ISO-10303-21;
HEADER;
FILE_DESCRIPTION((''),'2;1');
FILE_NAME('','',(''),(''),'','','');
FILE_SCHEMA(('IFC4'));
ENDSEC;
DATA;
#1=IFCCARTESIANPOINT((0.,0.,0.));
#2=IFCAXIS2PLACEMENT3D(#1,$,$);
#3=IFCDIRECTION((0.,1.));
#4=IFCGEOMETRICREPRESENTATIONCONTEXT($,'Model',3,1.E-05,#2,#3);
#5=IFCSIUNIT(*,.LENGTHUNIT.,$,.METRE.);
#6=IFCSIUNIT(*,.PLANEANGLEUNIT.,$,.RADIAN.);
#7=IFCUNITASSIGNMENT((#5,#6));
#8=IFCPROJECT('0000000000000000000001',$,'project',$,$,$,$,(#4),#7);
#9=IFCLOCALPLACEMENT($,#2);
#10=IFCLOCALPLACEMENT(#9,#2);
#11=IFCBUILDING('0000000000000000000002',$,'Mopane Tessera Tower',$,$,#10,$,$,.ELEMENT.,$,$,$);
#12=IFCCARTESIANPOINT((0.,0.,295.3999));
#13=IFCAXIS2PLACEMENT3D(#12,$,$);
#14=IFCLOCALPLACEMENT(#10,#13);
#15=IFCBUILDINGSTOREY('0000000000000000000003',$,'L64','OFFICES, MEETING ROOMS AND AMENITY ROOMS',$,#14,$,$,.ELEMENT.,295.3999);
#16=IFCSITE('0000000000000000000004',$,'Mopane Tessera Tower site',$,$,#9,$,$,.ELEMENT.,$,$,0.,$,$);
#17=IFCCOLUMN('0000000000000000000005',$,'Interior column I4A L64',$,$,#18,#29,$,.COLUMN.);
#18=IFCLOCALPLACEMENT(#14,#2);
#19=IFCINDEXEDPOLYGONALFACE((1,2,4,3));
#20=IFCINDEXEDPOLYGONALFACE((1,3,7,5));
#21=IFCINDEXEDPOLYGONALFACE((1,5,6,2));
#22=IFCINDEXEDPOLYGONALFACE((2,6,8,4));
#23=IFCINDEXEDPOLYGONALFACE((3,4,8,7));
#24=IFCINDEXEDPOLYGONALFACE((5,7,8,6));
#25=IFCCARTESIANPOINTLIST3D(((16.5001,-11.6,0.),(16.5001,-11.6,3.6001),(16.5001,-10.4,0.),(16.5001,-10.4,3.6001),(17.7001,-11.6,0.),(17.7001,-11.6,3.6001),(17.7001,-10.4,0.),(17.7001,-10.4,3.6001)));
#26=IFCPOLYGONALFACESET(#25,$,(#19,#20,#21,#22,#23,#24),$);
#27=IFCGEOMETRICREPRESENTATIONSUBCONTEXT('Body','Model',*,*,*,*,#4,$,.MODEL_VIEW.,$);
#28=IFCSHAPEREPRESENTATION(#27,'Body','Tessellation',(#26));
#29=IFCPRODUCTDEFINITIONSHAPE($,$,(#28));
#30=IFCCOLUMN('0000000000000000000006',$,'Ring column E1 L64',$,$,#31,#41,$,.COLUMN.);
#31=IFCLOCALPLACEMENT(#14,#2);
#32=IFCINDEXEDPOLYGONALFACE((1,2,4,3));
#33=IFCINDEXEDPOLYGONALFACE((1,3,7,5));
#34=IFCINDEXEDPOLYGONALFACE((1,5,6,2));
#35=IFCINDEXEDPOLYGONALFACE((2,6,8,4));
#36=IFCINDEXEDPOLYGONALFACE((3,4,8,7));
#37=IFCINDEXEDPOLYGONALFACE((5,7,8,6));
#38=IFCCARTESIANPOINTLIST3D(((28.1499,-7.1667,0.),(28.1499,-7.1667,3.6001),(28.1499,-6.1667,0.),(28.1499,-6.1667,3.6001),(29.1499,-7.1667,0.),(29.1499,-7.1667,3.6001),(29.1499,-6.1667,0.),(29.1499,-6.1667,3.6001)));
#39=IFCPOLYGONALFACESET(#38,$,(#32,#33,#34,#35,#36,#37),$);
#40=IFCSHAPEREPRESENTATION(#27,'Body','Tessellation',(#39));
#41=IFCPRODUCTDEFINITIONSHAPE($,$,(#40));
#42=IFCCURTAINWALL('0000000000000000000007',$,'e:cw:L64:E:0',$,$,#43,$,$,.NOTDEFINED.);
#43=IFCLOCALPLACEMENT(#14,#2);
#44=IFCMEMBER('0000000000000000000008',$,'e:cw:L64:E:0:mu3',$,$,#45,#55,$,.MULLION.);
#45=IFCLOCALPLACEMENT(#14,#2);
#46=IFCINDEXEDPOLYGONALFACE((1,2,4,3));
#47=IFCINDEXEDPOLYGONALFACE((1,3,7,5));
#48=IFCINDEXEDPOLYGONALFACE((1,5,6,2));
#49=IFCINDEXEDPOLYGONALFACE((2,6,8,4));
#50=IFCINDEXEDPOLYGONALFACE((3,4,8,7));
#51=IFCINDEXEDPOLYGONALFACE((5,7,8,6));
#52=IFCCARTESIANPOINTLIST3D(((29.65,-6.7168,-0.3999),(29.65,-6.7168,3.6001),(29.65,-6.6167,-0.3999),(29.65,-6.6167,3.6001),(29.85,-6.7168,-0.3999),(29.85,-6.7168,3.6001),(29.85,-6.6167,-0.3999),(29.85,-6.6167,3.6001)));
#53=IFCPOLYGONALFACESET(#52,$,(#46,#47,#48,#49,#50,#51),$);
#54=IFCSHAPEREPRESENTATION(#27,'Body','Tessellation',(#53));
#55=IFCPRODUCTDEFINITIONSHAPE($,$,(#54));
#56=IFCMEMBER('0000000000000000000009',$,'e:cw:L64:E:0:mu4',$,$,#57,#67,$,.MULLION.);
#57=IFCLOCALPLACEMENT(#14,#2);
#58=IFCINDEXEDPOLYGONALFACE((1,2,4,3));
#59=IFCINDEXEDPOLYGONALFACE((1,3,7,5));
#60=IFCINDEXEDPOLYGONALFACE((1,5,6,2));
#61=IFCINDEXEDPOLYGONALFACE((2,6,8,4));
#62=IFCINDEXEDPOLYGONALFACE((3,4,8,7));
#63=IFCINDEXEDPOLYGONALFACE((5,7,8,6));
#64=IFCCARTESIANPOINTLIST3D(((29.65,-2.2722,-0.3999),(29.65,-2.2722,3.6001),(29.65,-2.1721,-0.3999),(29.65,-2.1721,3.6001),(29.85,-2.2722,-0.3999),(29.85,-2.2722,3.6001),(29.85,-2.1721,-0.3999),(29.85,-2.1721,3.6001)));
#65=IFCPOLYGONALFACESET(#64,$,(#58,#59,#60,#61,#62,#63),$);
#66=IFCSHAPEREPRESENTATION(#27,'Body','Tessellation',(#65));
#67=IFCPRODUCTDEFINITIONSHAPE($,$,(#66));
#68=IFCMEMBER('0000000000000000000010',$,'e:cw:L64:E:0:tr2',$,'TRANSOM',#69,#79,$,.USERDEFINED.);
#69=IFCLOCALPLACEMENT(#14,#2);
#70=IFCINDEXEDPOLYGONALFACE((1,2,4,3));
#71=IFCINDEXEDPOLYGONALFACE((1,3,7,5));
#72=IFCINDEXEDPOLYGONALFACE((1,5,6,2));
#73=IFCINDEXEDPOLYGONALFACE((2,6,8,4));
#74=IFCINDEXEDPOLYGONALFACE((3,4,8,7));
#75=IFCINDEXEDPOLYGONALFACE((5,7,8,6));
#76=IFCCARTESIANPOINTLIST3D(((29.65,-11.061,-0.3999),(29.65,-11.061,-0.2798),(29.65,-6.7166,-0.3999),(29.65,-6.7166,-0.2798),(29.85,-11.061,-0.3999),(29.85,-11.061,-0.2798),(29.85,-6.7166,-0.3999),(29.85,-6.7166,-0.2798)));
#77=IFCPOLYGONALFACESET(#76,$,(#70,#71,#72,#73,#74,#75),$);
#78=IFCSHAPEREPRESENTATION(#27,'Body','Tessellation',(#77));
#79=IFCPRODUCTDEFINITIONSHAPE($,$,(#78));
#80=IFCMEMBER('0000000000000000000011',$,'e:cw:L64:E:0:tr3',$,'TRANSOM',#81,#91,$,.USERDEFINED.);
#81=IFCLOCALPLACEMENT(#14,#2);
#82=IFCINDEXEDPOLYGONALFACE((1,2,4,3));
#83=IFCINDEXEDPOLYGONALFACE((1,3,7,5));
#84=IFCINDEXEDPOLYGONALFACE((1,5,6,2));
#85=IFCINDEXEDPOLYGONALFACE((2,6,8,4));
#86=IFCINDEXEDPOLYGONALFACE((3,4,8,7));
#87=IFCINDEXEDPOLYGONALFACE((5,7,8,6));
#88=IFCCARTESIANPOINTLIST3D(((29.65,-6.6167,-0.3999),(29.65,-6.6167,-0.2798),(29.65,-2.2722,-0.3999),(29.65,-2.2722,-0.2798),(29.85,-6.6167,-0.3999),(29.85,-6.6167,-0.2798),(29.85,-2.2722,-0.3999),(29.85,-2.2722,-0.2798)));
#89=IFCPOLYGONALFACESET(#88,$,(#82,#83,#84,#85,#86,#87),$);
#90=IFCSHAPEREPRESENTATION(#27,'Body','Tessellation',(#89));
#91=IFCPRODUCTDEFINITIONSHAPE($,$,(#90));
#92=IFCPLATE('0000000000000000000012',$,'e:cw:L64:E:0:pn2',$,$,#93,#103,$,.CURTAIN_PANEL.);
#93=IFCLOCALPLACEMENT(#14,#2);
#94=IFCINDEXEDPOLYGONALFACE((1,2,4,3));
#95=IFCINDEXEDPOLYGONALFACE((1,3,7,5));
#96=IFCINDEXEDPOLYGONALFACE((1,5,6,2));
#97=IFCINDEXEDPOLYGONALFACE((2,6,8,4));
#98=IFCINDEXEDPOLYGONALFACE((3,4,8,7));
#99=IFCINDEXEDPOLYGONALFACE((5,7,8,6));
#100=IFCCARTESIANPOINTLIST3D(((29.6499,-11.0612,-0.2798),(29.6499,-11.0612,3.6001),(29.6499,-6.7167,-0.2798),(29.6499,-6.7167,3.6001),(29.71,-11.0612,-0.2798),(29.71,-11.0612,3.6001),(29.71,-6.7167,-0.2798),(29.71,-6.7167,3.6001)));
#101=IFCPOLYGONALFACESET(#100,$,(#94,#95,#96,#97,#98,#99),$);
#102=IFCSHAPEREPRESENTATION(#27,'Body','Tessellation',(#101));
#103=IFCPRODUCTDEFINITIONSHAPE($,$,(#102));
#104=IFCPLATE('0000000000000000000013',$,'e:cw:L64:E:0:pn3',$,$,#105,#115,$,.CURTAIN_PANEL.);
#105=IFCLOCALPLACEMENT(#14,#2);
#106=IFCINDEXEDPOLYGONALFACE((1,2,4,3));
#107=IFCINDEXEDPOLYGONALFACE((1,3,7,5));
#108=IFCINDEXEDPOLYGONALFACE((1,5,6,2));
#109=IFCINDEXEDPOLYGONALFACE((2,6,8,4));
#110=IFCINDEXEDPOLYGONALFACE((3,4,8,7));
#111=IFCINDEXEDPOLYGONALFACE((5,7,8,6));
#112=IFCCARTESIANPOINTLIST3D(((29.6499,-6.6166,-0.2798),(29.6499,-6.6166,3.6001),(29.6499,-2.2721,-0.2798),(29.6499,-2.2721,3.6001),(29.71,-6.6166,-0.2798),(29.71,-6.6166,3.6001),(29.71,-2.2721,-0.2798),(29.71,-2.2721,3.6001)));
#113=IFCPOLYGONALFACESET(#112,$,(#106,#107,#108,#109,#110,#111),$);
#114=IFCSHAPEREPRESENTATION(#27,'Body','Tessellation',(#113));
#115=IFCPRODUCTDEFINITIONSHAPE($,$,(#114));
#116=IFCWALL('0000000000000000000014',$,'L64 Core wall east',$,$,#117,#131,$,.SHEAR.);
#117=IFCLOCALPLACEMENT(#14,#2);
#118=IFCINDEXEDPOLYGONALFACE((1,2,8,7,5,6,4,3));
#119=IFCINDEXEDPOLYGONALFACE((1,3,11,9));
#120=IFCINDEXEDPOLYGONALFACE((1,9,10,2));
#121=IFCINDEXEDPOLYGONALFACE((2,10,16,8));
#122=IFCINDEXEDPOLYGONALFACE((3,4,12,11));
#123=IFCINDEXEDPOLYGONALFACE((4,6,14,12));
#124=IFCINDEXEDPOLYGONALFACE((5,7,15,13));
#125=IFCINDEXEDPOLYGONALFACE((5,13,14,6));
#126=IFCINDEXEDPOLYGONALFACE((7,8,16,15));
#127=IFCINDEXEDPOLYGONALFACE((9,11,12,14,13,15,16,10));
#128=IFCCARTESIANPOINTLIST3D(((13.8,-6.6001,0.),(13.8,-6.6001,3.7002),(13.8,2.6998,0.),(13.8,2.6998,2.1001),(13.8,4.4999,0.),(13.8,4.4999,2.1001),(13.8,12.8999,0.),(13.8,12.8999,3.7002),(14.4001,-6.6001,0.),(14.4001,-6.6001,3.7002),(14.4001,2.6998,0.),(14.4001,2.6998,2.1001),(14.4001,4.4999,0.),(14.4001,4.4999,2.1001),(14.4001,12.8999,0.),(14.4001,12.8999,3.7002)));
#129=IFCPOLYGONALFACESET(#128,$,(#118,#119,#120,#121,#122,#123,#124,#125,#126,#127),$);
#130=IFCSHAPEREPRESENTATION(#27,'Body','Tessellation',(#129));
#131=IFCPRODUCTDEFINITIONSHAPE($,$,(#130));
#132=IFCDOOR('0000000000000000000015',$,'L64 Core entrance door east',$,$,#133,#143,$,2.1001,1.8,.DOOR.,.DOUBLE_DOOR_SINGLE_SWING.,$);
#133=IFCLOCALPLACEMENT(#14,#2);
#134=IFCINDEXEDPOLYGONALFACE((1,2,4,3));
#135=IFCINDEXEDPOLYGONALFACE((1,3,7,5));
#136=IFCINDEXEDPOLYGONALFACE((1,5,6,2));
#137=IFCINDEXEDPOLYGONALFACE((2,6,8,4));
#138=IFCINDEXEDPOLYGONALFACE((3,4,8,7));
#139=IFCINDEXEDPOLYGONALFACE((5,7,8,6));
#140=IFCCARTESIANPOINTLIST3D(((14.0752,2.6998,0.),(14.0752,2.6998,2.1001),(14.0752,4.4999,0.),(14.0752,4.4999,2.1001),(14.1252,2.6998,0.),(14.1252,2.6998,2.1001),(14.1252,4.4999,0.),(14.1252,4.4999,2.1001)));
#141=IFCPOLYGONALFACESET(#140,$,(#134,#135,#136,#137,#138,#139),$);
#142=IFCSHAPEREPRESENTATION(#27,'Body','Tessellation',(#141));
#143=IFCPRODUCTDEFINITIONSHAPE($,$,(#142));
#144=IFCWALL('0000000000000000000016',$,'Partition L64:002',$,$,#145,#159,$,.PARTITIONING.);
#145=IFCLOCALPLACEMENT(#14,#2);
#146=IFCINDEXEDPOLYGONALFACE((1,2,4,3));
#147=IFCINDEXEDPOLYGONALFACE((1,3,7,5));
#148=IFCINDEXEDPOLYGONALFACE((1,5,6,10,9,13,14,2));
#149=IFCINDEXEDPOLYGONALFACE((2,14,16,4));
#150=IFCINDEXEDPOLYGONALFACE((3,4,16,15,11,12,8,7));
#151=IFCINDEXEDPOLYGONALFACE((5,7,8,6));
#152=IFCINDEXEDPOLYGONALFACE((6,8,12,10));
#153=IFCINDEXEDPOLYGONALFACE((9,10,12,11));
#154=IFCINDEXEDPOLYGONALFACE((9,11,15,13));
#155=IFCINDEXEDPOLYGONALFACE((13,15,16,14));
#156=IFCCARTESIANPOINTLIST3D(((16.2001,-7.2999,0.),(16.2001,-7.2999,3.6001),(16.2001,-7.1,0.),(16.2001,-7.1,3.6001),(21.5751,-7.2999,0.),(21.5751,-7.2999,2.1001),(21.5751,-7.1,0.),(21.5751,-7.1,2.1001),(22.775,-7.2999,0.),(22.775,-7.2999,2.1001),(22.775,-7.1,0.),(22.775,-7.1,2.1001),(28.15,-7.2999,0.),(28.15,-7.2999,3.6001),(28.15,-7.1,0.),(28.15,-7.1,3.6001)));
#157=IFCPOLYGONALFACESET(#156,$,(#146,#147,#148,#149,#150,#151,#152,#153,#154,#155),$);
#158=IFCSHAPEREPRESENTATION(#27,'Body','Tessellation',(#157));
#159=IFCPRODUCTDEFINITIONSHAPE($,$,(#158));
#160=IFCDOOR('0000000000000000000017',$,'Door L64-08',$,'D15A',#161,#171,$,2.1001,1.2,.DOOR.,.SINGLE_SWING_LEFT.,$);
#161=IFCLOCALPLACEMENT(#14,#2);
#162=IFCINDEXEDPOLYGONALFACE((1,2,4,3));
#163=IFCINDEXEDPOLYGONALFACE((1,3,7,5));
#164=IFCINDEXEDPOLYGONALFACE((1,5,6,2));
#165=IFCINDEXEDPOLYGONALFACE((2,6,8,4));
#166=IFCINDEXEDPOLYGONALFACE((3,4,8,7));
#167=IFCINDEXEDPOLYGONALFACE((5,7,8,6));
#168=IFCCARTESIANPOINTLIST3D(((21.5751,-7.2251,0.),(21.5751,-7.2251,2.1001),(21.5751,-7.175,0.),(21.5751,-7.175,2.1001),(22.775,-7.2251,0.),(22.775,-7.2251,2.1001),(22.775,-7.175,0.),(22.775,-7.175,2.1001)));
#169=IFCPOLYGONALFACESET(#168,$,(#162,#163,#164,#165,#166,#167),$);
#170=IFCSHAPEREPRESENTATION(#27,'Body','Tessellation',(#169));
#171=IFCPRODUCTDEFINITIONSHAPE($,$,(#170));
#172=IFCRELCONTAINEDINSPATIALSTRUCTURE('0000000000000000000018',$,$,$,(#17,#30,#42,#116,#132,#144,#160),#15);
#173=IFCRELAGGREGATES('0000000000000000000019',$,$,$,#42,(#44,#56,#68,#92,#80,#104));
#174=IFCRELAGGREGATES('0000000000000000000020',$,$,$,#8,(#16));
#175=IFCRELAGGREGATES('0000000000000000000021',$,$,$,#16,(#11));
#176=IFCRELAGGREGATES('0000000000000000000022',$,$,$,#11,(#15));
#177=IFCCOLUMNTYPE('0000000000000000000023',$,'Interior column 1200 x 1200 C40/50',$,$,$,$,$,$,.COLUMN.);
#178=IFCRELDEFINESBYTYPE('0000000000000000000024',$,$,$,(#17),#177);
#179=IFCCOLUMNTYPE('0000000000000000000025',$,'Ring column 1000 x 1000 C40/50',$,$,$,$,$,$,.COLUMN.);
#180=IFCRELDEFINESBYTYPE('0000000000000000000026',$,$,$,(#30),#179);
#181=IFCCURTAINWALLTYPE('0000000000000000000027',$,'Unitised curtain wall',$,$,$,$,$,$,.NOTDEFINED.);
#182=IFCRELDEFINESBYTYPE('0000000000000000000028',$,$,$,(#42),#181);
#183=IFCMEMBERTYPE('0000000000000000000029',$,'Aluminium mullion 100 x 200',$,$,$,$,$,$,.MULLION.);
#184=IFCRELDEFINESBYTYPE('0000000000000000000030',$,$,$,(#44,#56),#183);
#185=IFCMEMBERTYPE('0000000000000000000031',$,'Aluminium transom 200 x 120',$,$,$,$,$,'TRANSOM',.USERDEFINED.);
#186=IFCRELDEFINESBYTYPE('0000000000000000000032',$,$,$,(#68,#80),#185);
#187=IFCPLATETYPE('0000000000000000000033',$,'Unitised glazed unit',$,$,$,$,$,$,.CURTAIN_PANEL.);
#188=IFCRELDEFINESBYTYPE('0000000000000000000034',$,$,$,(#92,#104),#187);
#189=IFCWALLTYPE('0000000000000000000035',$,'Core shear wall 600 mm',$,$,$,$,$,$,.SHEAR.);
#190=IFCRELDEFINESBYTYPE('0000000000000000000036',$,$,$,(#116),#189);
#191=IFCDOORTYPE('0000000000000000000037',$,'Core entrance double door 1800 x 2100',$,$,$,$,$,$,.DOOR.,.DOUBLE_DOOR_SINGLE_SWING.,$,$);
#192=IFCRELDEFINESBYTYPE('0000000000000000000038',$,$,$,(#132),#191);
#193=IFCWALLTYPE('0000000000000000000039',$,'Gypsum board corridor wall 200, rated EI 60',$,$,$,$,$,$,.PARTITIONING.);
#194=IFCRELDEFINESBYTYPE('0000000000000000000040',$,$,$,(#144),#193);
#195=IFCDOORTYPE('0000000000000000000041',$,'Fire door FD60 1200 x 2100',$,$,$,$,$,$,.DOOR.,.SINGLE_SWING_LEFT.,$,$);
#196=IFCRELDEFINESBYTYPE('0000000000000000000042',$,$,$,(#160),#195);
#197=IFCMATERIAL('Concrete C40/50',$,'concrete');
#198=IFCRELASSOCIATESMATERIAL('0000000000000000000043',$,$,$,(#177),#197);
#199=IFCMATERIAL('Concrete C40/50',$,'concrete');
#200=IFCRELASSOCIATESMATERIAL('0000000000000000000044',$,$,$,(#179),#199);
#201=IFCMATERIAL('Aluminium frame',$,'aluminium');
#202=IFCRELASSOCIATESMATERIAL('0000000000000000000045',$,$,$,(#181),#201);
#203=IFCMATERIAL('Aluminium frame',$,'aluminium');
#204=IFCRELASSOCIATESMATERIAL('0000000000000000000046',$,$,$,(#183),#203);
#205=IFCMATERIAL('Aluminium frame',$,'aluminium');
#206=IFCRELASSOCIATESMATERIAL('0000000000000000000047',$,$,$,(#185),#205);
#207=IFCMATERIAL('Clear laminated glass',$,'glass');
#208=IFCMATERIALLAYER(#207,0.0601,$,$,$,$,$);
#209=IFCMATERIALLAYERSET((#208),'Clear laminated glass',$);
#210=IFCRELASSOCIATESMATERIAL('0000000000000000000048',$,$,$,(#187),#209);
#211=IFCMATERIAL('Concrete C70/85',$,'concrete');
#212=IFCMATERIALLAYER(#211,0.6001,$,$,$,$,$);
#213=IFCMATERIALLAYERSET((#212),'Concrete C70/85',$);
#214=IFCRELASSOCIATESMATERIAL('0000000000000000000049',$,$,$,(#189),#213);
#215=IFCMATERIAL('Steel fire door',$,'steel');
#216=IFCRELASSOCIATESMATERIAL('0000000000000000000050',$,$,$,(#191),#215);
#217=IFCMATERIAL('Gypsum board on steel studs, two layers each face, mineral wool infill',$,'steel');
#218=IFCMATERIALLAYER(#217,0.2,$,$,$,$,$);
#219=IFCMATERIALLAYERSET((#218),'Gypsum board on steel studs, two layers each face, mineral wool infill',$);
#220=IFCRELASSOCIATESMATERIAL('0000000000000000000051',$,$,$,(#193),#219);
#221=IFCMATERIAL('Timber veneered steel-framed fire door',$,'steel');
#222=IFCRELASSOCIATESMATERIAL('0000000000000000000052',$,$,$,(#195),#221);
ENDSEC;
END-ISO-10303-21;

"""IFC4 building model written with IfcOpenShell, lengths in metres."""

from ifc_helpers import new_model, si_unit, direction, frame, frame_2d, origin, origin_2d, place, context, subcontext, project, spatial, rectangle, extrude, material, layer, layer_set, material_profile, profile_set, type_object, element, fill, aggregate, save


model = new_model("IFC4")

# Units and contexts
model_context = context("Model", 3, precision=1e-05, world=origin(), true_north=direction((0.0, 1.0)))
body_context = subcontext(model_context, "Body", "Model", "MODEL_VIEW")
ifc_project = project(units=[si_unit("LENGTHUNIT", "METRE"), si_unit("PLANEANGLEUNIT", "RADIAN")], contexts=[model_context])

# Site, building, storey
site_placement = place(None, origin())
site = spatial("IfcSite", under=ifc_project, at=site_placement, Name="Mopane Tessera Tower site", CompositionType="ELEMENT", RefElevation=0.0)
building_placement = place(site_placement, origin())
building = spatial("IfcBuilding", under=site, at=building_placement, Name="Mopane Tessera Tower", CompositionType="ELEMENT")
storey_placement = place(building_placement, frame((0.0, 0.0, 295.3999)))
storey = spatial("IfcBuildingStorey", under=building, at=storey_placement, Name="L64", Description="OFFICES, MEETING ROOMS AND AMENITY ROOMS", CompositionType="ELEMENT", Elevation=295.3999)

# Columns
ifc_material_1 = material(Name="Concrete C40/50", Category="concrete")
ifc_material_profile_1 = material_profile(ifc_material_1, rectangle(XDim=1.2, YDim=1.2, at=origin_2d()))
ifc_profile_set_1 = profile_set([ifc_material_profile_1], Name="Concrete C40/50")
column_type_1 = type_object("IfcColumnType", Name="Interior column 1200 x 1200 C40/50", PredefinedType="COLUMN", material=ifc_profile_set_1)
column_1_placement = place(storey_placement, frame((17.1001, -11.0, 0.0), z_axis=(0.0, 0.0, 1.0), x_axis=(1.0, 0.0, 0.0)))
element("IfcColumn", 1, at=column_1_placement, inside=storey, type_object=column_type_1, Name="Interior column I4A L64", PredefinedType="COLUMN", context=body_context, shape_type="SweptSolid", body=[
    extrude(rectangle(XDim=1.2, YDim=1.2, at=origin_2d()), origin(), (0.0, 0.0, 1.0), 3.6001),
])
ifc_material_2 = material(Name="Concrete C40/50", Category="concrete")
ifc_material_profile_2 = material_profile(ifc_material_2, rectangle(XDim=1.0, YDim=1.0, at=origin_2d()))
ifc_profile_set_2 = profile_set([ifc_material_profile_2], Name="Concrete C40/50")
column_type_2 = type_object("IfcColumnType", Name="Ring column 1000 x 1000 C40/50", PredefinedType="COLUMN", material=ifc_profile_set_2)
column_2_placement = place(storey_placement, frame((28.6499, -6.6667, 0.0), z_axis=(0.0, 0.0, 1.0), x_axis=(1.0, 0.0, 0.0)))
element("IfcColumn", 2, at=column_2_placement, inside=storey, type_object=column_type_2, Name="Ring column E1 L64", PredefinedType="COLUMN", context=body_context, shape_type="SweptSolid", body=[
    extrude(rectangle(XDim=1.0, YDim=1.0, at=origin_2d()), origin(), (0.0, 0.0, 1.0), 3.6001),
])

# Curtain wall, members, plates
ifc_material_3 = material(Name="Aluminium frame", Category="aluminium")
curtain_wall_type = type_object("IfcCurtainWallType", Name="Unitised curtain wall", PredefinedType="NOTDEFINED", material=ifc_material_3)
curtain_wall_placement = place(storey_placement, origin())
curtain_wall = element("IfcCurtainWall", 3, at=curtain_wall_placement, inside=storey, type_object=curtain_wall_type, Name="e:cw:L64:E:0", PredefinedType="NOTDEFINED")
ifc_material_4 = material(Name="Aluminium frame", Category="aluminium")
ifc_material_profile_3 = material_profile(ifc_material_4, rectangle(XDim=0.1001, YDim=0.2, at=origin_2d()))
ifc_profile_set_3 = profile_set([ifc_material_profile_3], Name="Aluminium frame")
member_type_1 = type_object("IfcMemberType", Name="Aluminium mullion 100 x 200", PredefinedType="MULLION", material=ifc_profile_set_3)
member_1_placement = place(storey_placement, frame((29.75, -6.6667, -0.3999), z_axis=(0.0, 0.0, 1.0), x_axis=(0.0, 1.0, 0.0)))
member_1 = element("IfcMember", 4, at=member_1_placement, type_object=member_type_1, Name="e:cw:L64:E:0:mu3", PredefinedType="MULLION", context=body_context, shape_type="SweptSolid", body=[
    extrude(rectangle(XDim=0.1001, YDim=0.2, at=origin_2d()), origin(), (0.0, 0.0, 1.0), 4.0),
])
member_2_placement = place(storey_placement, frame((29.75, -2.2222, -0.3999), z_axis=(0.0, 0.0, 1.0), x_axis=(0.0, 1.0, 0.0)))
member_2 = element("IfcMember", 5, at=member_2_placement, type_object=member_type_1, Name="e:cw:L64:E:0:mu4", PredefinedType="MULLION", context=body_context, shape_type="SweptSolid", body=[
    extrude(rectangle(XDim=0.1001, YDim=0.2, at=origin_2d()), origin(), (0.0, 0.0, 1.0), 4.0),
])
ifc_material_5 = material(Name="Aluminium frame", Category="aluminium")
ifc_material_profile_4 = material_profile(ifc_material_5, rectangle(XDim=0.2, YDim=0.1201, at=origin_2d()))
ifc_profile_set_4 = profile_set([ifc_material_profile_4], Name="Aluminium frame")
member_type_2 = type_object("IfcMemberType", Name="Aluminium transom 200 x 120", ElementType="TRANSOM", PredefinedType="USERDEFINED", material=ifc_profile_set_4)
member_3_placement = place(storey_placement, frame((29.75, -11.061, -0.3398), z_axis=(0.0, 1.0, 0.0), x_axis=(-1.0, 0.0, 0.0)))
member_3 = element("IfcMember", 6, at=member_3_placement, type_object=member_type_2, Name="e:cw:L64:E:0:tr2", ObjectType="TRANSOM", PredefinedType="USERDEFINED", context=body_context, shape_type="SweptSolid", body=[
    extrude(rectangle(XDim=0.2, YDim=0.1201, at=origin_2d()), origin(), (0.0, 0.0, 1.0), 4.3445),
])
member_4_placement = place(storey_placement, frame((29.75, -6.6167, -0.3398), z_axis=(0.0, 1.0, 0.0), x_axis=(-1.0, 0.0, 0.0)))
member_4 = element("IfcMember", 7, at=member_4_placement, type_object=member_type_2, Name="e:cw:L64:E:0:tr3", ObjectType="TRANSOM", PredefinedType="USERDEFINED", context=body_context, shape_type="SweptSolid", body=[
    extrude(rectangle(XDim=0.2, YDim=0.1201, at=origin_2d()), origin(), (0.0, 0.0, 1.0), 4.3445),
])
ifc_material_6 = material(Name="Clear laminated glass", Category="glass")
ifc_layer_1 = layer(ifc_material_6, 0.0601)
ifc_layer_set_1 = layer_set([ifc_layer_1], Name="Clear laminated glass")
plate_type = type_object("IfcPlateType", Name="Unitised glazed unit", PredefinedType="CURTAIN_PANEL", material=ifc_layer_set_1)
plate_1_placement = place(storey_placement, frame((29.6799, -8.8889, -0.2798), z_axis=(0.0, 0.0, 1.0), x_axis=(0.0, 1.0, 0.0)))
plate_1 = element("IfcPlate", 8, at=plate_1_placement, type_object=plate_type, Name="e:cw:L64:E:0:pn2", PredefinedType="CURTAIN_PANEL", context=body_context, shape_type="SweptSolid", body=[
    extrude(rectangle(XDim=4.3445, YDim=0.0601, at=origin_2d()), origin(), (0.0, 0.0, 1.0), 3.8799),
])
plate_2_placement = place(storey_placement, frame((29.6799, -4.4443, -0.2798), z_axis=(0.0, 0.0, 1.0), x_axis=(0.0, 1.0, 0.0)))
plate_2 = element("IfcPlate", 9, at=plate_2_placement, type_object=plate_type, Name="e:cw:L64:E:0:pn3", PredefinedType="CURTAIN_PANEL", context=body_context, shape_type="SweptSolid", body=[
    extrude(rectangle(XDim=4.3445, YDim=0.0601, at=origin_2d()), origin(), (0.0, 0.0, 1.0), 3.8799),
])
aggregate(curtain_wall, [member_1, member_2, member_3, plate_1, member_4, plate_2])

# Walls, openings, doors
ifc_material_7 = material(Name="Concrete C70/85", Category="concrete")
ifc_layer_2 = layer(ifc_material_7, 0.6001)
ifc_layer_set_2 = layer_set([ifc_layer_2], Name="Concrete C70/85")
wall_type_1 = type_object("IfcWallType", Name="Core shear wall 600 mm", PredefinedType="SHEAR", material=ifc_layer_set_2)
wall_1_placement = place(storey_placement, frame((14.1001, -6.6001, 0.0), z_axis=(0.0, 0.0, 1.0), x_axis=(0.0, 1.0, 0.0)))
wall_1 = element("IfcWall", 10, at=wall_1_placement, inside=storey, type_object=wall_type_1, Name="L64 Core wall east", PredefinedType="SHEAR", context=body_context, shape_type="SweptSolid", body=[
    extrude(rectangle(XDim=19.5, YDim=0.6001, at=frame_2d((9.75, 0.0))), origin(), (0.0, 0.0, 1.0), 3.7002),
])
opening_1_placement = place(wall_1_placement, frame((9.3, 0.0, 0.0)))
opening_1 = element("IfcOpeningElement", 11, at=opening_1_placement, cuts=wall_1, PredefinedType="OPENING", context=body_context, shape_type="SweptSolid", body=[
    extrude(rectangle(XDim=1.8, YDim=2.1001, at=frame_2d((0.8999, 1.05))), frame((0.0, 0.312, 0.0), z_axis=(0.0, -1.0, 0.0), x_axis=(1.0, 0.0, 0.0)), (0.0, 0.0, 1.0), 0.624),
])
ifc_material_8 = material(Name="Steel fire door", Category="steel")
door_type_1 = type_object("IfcDoorType", Name="Core entrance double door 1800 x 2100", OperationType="DOUBLE_DOOR_SINGLE_SWING", PredefinedType="DOOR", material=ifc_material_8)
door_1_placement = place(opening_1_placement, origin())
door_1 = element("IfcDoor", 12, at=door_1_placement, inside=storey, type_object=door_type_1, Name="L64 Core entrance door east", OperationType="DOUBLE_DOOR_SINGLE_SWING", OverallHeight=2.1001, OverallWidth=1.8, PredefinedType="DOOR", context=body_context, shape_type="SweptSolid", body=[
    extrude(rectangle(XDim=1.8, YDim=2.1001, at=frame_2d((0.8999, 1.05))), frame((0.0, 0.0249, 0.0), z_axis=(0.0, -1.0, 0.0), x_axis=(1.0, 0.0, 0.0)), (0.0, 0.0, 1.0), 0.05),
])
fill(opening_1, door_1)
ifc_material_9 = material(Name="Gypsum board on steel studs, two layers each face, mineral wool infill", Category="steel")
ifc_layer_3 = layer(ifc_material_9, 0.2)
ifc_layer_set_3 = layer_set([ifc_layer_3], Name="Gypsum board on steel studs, two layers each face, mineral wool infill")
wall_type_2 = type_object("IfcWallType", Name="Gypsum board corridor wall 200, rated EI 60", PredefinedType="PARTITIONING", material=ifc_layer_set_3)
wall_2_placement = place(storey_placement, frame((16.2, -7.2, 0.0), z_axis=(0.0, 0.0, 1.0), x_axis=(1.0, 0.0, 0.0)))
wall_2 = element("IfcWall", 13, at=wall_2_placement, inside=storey, type_object=wall_type_2, Name="Partition L64:002", PredefinedType="PARTITIONING", context=body_context, shape_type="SweptSolid", body=[
    extrude(rectangle(XDim=11.95, YDim=0.2, at=frame_2d((5.9751, 0.0))), origin(), (0.0, 0.0, 1.0), 3.6001),
])
opening_2_placement = place(wall_2_placement, frame((5.375, 0.0, 0.0)))
opening_2 = element("IfcOpeningElement", 14, at=opening_2_placement, cuts=wall_2, PredefinedType="OPENING", context=body_context, shape_type="SweptSolid", body=[
    extrude(rectangle(XDim=1.2, YDim=2.1001, at=frame_2d((0.6001, 1.05))), frame((0.0, 0.1121, 0.0), z_axis=(0.0, -1.0, 0.0), x_axis=(1.0, 0.0, 0.0)), (0.0, 0.0, 1.0), 0.2239),
])
ifc_material_10 = material(Name="Timber veneered steel-framed fire door", Category="steel")
door_type_2 = type_object("IfcDoorType", Name="Fire door FD60 1200 x 2100", OperationType="SINGLE_SWING_LEFT", PredefinedType="DOOR", material=ifc_material_10)
door_2_placement = place(opening_2_placement, origin())
door_2 = element("IfcDoor", 15, at=door_2_placement, inside=storey, type_object=door_type_2, Name="Door L64-08", ObjectType="D15A", OperationType="SINGLE_SWING_LEFT", OverallHeight=2.1001, OverallWidth=1.2, PredefinedType="DOOR", context=body_context, shape_type="SweptSolid", body=[
    extrude(rectangle(XDim=1.2, YDim=2.1001, at=frame_2d((0.6001, 1.05))), frame((0.0, 0.0249, 0.0), z_axis=(0.0, -1.0, 0.0), x_axis=(1.0, 0.0, 0.0)), (0.0, 0.0, 1.0), 0.05),
])
fill(opening_2, door_2)

save(model, "model.ifc")
